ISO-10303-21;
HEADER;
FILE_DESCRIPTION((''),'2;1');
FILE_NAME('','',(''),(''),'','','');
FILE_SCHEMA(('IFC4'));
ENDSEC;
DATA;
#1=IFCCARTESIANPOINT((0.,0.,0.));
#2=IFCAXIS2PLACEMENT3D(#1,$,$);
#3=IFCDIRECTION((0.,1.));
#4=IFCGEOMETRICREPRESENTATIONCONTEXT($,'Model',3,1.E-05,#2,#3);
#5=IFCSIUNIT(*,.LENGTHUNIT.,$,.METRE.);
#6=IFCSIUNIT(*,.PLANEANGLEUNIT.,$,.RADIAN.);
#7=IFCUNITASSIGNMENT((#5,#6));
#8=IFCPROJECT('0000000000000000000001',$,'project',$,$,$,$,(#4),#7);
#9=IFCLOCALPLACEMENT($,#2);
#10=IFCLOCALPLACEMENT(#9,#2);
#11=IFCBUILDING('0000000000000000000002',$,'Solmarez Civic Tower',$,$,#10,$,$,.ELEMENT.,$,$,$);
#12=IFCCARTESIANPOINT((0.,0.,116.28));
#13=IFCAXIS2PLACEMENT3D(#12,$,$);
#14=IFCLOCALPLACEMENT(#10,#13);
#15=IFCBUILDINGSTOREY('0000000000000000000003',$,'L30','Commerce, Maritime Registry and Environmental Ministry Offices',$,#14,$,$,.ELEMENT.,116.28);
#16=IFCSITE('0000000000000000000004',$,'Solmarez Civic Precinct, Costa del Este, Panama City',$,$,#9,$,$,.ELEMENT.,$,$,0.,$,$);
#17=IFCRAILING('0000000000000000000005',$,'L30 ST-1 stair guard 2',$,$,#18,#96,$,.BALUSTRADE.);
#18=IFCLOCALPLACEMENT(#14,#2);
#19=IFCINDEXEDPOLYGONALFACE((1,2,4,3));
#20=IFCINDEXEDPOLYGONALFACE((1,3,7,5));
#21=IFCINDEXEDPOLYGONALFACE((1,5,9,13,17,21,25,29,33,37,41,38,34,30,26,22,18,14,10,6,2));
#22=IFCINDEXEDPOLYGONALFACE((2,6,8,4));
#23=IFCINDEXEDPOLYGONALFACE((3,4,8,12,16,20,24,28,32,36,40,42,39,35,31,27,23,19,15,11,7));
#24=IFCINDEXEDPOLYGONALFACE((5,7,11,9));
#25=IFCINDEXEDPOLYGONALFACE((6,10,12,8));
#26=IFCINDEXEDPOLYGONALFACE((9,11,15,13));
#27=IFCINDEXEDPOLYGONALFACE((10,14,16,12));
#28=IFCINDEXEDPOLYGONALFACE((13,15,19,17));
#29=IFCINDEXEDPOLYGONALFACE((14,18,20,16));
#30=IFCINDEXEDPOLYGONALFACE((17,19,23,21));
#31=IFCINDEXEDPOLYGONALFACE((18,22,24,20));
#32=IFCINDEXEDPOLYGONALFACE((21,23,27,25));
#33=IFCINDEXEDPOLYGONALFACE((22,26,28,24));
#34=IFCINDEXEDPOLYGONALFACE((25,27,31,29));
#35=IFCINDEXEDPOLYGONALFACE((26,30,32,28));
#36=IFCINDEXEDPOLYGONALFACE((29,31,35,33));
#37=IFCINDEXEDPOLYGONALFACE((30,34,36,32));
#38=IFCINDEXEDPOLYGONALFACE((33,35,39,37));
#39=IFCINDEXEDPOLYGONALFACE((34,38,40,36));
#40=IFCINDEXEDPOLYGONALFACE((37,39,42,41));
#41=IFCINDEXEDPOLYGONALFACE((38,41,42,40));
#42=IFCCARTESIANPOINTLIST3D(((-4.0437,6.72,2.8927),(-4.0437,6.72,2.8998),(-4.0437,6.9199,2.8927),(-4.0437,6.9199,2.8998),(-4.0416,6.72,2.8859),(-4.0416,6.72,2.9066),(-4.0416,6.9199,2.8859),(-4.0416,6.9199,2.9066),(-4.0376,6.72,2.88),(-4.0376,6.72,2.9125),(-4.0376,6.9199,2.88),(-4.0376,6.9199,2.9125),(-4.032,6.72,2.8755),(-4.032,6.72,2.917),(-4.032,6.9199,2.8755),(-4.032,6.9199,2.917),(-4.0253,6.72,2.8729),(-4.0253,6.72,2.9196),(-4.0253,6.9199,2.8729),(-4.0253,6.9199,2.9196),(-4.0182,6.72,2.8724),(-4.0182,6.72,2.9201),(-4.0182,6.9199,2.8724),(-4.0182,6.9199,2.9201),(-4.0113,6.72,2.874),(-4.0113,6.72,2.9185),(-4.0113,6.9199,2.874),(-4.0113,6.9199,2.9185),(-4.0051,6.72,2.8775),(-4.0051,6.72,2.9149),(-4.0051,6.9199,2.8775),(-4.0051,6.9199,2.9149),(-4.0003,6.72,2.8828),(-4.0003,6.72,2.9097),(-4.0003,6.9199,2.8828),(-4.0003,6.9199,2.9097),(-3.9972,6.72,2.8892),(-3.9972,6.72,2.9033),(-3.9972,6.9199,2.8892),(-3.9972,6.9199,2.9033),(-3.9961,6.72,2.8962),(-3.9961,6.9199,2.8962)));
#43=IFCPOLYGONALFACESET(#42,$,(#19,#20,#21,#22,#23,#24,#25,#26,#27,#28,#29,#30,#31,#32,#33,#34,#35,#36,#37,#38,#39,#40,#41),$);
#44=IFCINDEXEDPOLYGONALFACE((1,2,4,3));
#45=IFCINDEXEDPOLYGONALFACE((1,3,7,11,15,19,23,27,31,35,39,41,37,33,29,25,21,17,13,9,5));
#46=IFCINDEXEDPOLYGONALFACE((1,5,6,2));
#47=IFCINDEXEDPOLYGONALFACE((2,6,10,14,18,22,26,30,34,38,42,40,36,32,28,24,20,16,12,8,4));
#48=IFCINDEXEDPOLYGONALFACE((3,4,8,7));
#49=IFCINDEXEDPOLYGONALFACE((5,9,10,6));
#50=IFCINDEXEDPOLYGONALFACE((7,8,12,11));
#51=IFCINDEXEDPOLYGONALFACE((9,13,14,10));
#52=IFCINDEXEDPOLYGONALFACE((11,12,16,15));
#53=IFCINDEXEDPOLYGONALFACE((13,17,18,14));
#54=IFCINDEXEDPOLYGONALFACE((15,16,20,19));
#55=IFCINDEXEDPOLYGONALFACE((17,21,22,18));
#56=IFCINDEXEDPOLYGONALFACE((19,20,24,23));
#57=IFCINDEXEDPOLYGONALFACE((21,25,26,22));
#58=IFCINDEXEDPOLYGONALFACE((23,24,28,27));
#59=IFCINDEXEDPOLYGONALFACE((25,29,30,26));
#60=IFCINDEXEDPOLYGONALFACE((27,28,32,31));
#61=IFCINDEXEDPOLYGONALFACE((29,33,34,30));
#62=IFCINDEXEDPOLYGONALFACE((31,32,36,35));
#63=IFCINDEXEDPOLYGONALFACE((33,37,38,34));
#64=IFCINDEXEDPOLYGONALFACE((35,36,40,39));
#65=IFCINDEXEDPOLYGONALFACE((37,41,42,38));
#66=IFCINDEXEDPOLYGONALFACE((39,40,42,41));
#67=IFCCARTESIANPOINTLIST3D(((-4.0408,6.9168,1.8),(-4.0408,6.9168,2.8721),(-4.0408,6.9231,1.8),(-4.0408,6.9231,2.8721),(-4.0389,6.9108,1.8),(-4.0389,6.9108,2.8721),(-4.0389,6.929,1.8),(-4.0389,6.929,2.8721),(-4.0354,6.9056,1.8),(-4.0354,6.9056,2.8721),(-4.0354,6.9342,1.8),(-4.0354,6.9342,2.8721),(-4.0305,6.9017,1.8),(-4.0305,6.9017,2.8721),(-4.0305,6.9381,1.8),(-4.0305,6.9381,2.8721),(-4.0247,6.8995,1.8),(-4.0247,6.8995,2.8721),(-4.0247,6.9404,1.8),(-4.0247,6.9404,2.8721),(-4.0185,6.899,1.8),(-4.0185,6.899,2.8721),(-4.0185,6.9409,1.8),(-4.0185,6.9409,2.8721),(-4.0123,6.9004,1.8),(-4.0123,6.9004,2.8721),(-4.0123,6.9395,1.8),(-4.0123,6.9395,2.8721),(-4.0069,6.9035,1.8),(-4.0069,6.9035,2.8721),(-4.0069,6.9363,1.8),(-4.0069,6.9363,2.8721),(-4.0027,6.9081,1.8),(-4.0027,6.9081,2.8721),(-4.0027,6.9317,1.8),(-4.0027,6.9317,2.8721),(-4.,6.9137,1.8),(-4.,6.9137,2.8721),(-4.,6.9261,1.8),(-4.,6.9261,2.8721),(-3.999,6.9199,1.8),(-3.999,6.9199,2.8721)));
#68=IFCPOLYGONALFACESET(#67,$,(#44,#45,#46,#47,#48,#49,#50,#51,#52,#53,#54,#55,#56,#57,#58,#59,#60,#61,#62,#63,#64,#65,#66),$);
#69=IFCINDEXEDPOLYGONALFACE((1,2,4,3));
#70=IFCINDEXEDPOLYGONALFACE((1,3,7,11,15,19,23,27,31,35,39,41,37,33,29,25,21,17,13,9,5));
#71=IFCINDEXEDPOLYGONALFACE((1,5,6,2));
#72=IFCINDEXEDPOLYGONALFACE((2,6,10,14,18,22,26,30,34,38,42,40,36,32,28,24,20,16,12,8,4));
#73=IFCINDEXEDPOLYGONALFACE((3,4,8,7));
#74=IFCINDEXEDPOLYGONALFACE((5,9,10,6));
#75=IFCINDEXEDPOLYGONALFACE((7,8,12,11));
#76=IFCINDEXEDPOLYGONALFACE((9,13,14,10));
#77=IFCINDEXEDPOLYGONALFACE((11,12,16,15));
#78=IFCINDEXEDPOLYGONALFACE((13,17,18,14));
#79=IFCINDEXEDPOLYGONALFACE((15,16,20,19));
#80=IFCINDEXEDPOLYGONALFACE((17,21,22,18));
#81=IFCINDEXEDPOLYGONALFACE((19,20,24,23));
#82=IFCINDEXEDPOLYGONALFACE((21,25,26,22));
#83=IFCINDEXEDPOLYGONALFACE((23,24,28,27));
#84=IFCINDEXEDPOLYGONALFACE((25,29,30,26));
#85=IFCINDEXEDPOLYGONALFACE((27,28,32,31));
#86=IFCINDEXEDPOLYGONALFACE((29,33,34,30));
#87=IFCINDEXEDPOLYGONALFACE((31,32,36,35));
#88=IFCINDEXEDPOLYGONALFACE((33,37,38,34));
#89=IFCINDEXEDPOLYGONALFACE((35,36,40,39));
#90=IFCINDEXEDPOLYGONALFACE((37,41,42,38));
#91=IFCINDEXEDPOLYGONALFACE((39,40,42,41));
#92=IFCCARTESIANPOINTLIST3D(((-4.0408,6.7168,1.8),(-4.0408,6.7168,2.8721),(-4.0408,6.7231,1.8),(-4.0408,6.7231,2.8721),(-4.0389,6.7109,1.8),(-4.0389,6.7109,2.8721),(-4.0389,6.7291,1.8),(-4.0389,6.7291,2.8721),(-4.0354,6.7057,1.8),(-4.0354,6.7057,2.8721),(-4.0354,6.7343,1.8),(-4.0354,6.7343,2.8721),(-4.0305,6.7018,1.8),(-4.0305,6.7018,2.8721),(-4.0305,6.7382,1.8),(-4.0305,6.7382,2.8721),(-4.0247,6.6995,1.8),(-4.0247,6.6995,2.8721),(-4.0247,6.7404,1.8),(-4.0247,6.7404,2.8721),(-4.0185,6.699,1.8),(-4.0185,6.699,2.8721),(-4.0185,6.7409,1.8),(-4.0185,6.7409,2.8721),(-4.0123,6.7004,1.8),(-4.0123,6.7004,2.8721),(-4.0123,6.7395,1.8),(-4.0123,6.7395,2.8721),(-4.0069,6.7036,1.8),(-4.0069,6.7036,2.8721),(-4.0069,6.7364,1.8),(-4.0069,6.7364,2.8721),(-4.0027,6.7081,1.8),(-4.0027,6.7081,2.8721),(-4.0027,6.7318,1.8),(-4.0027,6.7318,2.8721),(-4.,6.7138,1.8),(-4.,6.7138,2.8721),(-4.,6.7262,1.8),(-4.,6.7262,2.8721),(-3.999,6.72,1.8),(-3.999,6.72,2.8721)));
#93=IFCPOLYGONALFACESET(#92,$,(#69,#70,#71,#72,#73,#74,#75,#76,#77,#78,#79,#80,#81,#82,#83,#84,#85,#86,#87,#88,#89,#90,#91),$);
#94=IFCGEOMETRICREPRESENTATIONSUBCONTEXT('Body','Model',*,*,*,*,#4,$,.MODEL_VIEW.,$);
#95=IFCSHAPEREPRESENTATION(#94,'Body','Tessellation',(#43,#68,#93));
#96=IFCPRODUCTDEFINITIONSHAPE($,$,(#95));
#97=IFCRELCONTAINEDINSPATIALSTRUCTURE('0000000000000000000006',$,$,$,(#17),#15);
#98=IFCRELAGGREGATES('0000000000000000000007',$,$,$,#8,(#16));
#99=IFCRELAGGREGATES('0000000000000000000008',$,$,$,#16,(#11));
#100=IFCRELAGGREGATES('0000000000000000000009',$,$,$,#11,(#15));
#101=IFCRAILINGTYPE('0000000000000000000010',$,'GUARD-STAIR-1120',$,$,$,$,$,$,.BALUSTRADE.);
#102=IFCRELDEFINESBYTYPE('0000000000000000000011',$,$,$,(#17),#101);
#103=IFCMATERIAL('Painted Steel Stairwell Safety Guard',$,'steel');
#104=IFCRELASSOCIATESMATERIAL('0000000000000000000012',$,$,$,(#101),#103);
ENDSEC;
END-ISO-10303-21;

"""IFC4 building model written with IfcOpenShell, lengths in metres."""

from ifc_helpers import new_model, si_unit, direction, frame, origin, origin_2d, place, context, subcontext, project, spatial, circle, extrude, material, type_object, element, save


model = new_model("IFC4")

# Units and contexts
model_context = context("Model", 3, precision=1e-05, world=origin(), true_north=direction((0.0, 1.0)))
body_context = subcontext(model_context, "Body", "Model", "MODEL_VIEW")
ifc_project = project(units=[si_unit("LENGTHUNIT", "METRE"), si_unit("PLANEANGLEUNIT", "RADIAN")], contexts=[model_context])

# Site, building, storey
site_placement = place(None, origin())
site = spatial("IfcSite", under=ifc_project, at=site_placement, Name="Solmarez Civic Precinct, Costa del Este, Panama City", CompositionType="ELEMENT", RefElevation=0.0)
building_placement = place(site_placement, origin())
building = spatial("IfcBuilding", under=site, at=building_placement, Name="Solmarez Civic Tower", CompositionType="ELEMENT")
storey_placement = place(building_placement, frame((0.0, 0.0, 116.28)))
storey = spatial("IfcBuildingStorey", under=building, at=storey_placement, Name="L30", Description="Commerce, Maritime Registry and Environmental Ministry Offices", CompositionType="ELEMENT", Elevation=116.28)

# Railing
ifc_material_1 = material(Name="Painted Steel Stairwell Safety Guard", Category="steel")
railing_type_1 = type_object("IfcRailingType", Name="GUARD-STAIR-1120", PredefinedType="BALUSTRADE", material=ifc_material_1)
railing_1_placement = place(storey_placement, frame((-4.02, 6.9199, 1.8)))
element("IfcRailing", 1, at=railing_1_placement, inside=storey, type_object=railing_type_1, Name="L30 ST-1 stair guard 2", PredefinedType="BALUSTRADE", context=body_context, shape_type="SweptSolid", body=[
    extrude(circle(Radius=0.0239, at=origin_2d()), frame((0.0, 0.0, 1.0962), z_axis=(0.0, -1.0, 0.0), x_axis=(1.0, 0.0, 0.0)), (0.0, 0.0, 1.0), 0.2),
    extrude(circle(Radius=0.021, at=origin_2d()), origin(), (0.0, 0.0, 1.0), 1.072),
    extrude(circle(Radius=0.021, at=origin_2d()), frame((0.0, -0.2, 0.0)), (0.0, 0.0, 1.0), 1.072),
])

save(model, "model.ifc")
